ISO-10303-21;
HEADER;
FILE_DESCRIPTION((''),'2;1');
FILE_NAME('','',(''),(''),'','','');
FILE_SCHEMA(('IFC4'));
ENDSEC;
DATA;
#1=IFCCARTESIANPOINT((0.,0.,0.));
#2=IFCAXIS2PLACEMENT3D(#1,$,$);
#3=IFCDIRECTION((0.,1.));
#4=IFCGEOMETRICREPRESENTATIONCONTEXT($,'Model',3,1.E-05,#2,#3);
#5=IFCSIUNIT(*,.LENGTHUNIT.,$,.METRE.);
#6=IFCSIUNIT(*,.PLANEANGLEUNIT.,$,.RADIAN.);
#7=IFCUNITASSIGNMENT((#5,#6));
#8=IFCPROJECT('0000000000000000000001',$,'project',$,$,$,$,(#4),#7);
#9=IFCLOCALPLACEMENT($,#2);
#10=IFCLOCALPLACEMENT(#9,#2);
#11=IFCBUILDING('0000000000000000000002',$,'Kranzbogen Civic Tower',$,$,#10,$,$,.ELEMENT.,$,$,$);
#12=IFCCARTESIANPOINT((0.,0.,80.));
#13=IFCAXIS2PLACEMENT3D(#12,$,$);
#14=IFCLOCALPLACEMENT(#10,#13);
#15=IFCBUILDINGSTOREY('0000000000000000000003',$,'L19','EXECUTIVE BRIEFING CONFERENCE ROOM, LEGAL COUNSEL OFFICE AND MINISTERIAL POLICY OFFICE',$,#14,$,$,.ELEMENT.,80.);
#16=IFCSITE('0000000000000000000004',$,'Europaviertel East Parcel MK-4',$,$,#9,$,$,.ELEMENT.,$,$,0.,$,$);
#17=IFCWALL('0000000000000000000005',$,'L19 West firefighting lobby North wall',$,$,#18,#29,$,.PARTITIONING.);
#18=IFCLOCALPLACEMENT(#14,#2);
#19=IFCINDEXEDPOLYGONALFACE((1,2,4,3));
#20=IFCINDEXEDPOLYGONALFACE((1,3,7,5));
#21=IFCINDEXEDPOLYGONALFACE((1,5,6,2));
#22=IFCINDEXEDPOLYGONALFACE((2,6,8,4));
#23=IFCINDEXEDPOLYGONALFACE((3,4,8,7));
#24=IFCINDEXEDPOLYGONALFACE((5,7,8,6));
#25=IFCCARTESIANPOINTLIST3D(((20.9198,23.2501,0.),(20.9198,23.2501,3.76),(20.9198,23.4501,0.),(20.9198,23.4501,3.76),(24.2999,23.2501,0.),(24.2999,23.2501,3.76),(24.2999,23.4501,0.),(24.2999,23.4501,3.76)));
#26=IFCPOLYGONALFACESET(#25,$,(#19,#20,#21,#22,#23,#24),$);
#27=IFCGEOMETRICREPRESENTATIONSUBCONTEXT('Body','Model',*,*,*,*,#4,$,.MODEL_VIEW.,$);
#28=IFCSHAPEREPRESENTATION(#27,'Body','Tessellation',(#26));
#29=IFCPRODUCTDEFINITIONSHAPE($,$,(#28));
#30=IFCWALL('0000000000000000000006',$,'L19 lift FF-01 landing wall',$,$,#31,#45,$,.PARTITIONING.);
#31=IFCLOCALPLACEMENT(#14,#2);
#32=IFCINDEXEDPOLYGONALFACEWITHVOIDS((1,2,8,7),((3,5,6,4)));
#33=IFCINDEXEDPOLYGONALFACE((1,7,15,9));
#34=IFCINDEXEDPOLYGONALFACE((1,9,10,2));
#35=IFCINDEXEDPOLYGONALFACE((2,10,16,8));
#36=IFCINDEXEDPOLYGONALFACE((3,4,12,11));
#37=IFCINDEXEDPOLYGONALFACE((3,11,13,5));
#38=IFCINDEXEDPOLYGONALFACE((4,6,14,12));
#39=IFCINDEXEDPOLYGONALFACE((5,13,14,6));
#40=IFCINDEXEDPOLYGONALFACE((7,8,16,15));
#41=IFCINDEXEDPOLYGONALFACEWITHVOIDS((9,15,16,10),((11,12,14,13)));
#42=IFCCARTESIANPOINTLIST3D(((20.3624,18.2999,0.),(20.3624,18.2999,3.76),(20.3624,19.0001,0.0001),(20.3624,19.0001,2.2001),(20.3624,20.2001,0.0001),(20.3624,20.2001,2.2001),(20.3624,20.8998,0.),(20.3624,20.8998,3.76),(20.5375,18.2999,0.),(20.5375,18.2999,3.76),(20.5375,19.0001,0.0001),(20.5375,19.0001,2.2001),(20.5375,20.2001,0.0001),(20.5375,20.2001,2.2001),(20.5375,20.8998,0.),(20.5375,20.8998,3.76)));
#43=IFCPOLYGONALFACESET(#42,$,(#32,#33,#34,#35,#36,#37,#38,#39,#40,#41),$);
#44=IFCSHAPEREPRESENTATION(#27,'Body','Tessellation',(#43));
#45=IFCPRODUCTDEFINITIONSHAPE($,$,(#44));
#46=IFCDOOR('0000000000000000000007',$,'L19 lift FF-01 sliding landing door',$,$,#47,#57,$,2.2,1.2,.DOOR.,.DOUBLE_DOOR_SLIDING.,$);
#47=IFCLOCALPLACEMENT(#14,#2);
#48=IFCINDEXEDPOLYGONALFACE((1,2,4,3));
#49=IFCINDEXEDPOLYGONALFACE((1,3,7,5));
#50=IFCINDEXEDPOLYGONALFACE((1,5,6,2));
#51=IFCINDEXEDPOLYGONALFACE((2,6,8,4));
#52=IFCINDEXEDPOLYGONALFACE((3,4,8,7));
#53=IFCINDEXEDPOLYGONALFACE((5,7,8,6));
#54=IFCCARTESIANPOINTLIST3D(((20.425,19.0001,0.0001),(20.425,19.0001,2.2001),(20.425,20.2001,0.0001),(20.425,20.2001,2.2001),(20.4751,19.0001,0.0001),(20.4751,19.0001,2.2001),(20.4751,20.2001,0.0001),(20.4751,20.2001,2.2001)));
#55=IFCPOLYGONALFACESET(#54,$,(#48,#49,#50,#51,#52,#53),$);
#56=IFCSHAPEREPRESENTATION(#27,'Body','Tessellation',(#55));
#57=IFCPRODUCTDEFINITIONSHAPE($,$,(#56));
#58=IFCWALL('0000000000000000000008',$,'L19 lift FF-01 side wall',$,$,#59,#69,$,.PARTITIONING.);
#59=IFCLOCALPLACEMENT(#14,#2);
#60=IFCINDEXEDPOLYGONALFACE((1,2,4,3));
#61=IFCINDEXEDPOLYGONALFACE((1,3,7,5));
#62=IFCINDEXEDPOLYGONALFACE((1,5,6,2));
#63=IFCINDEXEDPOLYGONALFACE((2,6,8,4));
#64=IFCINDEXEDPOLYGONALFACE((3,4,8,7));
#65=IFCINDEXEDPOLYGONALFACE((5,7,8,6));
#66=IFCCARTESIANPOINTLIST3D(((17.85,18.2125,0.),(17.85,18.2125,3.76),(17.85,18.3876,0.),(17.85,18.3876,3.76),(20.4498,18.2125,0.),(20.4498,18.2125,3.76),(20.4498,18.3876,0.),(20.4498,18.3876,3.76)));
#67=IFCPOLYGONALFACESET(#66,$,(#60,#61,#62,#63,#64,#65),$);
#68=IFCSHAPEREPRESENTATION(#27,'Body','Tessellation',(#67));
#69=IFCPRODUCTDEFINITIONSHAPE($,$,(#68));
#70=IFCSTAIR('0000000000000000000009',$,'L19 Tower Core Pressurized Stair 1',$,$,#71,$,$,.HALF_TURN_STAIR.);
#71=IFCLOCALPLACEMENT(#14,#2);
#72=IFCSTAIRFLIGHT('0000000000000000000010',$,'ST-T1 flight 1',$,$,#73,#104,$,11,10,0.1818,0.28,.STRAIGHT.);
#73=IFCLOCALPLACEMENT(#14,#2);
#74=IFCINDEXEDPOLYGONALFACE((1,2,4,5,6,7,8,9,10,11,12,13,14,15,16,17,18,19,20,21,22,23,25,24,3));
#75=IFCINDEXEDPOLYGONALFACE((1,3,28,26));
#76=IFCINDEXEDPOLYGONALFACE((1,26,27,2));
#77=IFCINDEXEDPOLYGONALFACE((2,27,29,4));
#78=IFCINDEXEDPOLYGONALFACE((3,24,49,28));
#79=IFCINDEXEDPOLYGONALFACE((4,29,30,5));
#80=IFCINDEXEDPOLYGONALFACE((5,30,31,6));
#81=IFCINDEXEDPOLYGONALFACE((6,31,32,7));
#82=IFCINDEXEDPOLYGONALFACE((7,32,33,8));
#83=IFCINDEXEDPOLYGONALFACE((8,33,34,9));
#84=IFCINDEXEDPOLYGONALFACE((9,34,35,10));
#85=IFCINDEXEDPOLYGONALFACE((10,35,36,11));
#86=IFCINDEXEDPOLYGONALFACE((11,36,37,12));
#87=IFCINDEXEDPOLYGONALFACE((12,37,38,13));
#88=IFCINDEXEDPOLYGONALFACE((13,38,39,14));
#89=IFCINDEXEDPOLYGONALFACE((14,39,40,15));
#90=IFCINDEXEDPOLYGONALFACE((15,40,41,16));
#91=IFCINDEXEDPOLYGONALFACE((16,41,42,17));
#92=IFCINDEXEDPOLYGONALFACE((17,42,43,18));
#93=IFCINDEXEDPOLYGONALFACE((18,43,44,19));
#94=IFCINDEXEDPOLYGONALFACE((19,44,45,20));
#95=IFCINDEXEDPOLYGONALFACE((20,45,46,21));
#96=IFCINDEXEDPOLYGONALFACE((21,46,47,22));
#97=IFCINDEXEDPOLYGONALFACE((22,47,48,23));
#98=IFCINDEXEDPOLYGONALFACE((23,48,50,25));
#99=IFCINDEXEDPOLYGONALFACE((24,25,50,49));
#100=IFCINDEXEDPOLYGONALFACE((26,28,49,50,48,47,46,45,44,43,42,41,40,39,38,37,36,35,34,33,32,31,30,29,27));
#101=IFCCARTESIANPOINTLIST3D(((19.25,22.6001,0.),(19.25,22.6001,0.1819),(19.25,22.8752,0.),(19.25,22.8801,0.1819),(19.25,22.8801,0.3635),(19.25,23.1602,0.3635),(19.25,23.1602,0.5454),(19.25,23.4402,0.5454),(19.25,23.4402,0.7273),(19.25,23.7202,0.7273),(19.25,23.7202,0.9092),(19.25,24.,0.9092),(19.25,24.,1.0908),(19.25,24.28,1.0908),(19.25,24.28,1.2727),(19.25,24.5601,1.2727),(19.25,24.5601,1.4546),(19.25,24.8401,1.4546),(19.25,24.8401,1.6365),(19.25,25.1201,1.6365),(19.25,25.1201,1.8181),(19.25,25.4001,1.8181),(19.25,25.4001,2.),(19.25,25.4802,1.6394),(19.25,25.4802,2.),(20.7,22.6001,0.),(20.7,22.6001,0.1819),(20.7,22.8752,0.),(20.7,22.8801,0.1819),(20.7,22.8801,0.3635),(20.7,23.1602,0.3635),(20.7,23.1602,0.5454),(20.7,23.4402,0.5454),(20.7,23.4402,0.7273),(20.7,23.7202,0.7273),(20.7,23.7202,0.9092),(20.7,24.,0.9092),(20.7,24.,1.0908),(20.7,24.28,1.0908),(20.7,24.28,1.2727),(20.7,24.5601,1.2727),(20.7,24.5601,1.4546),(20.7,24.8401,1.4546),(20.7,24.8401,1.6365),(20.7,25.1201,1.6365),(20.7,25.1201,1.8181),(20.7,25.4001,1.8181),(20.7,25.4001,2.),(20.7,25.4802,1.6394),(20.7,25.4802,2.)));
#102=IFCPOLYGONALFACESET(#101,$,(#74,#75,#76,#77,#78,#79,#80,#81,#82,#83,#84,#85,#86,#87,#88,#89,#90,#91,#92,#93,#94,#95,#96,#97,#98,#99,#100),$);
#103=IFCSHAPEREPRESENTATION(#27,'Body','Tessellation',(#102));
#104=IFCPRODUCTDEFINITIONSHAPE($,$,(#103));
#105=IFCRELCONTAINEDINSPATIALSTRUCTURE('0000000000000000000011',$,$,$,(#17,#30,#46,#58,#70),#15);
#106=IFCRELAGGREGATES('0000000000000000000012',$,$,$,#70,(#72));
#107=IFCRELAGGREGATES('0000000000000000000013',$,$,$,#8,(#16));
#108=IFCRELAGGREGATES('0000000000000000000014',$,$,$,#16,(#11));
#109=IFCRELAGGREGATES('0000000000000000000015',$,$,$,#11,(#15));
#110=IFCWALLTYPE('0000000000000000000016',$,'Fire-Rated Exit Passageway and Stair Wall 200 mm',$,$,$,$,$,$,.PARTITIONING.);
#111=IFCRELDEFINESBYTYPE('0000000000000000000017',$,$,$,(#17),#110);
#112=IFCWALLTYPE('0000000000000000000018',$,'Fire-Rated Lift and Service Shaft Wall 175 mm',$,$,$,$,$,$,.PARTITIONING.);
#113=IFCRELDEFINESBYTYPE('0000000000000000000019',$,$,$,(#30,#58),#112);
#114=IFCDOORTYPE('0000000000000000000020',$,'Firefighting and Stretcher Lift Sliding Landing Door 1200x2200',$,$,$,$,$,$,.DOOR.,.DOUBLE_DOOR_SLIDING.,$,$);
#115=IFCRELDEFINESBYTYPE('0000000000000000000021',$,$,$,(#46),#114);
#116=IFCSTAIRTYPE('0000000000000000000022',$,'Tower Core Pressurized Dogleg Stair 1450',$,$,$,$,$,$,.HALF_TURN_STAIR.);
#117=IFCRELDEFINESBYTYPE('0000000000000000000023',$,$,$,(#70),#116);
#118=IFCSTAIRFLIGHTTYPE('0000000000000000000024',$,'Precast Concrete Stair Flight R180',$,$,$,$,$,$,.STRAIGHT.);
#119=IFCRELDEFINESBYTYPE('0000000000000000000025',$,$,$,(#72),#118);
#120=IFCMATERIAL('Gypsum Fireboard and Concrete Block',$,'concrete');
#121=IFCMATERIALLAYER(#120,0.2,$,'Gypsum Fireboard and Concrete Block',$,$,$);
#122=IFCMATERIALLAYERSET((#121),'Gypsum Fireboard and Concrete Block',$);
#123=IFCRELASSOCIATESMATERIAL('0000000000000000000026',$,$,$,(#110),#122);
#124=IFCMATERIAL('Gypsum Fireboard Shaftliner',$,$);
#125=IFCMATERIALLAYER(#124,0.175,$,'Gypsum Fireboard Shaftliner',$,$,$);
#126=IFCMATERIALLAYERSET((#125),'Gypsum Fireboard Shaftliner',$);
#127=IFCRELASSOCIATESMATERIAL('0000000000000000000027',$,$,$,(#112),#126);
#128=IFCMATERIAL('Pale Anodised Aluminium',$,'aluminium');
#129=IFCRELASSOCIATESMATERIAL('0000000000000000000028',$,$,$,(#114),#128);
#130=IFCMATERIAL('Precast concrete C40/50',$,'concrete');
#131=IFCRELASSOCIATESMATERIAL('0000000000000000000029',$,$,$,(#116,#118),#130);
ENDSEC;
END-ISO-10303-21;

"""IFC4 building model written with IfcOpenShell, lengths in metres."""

from ifc_helpers import new_model, si_unit, direction, frame, frame_2d, origin, place, context, subcontext, project, spatial, polyline, rectangle, outline, extrude, material, layer, layer_set, type_object, element, fill, aggregate, save


model = new_model("IFC4")

# Units and contexts
model_context = context("Model", 3, precision=1e-05, world=origin(), true_north=direction((0.0, 1.0)))
body_context = subcontext(model_context, "Body", "Model", "MODEL_VIEW")
ifc_project = project(units=[si_unit("LENGTHUNIT", "METRE"), si_unit("PLANEANGLEUNIT", "RADIAN")], contexts=[model_context])

# Site, building, storey
site_placement = place(None, origin())
site = spatial("IfcSite", under=ifc_project, at=site_placement, Name="Europaviertel East Parcel MK-4", CompositionType="ELEMENT", RefElevation=0.0)
building_placement = place(site_placement, origin())
building = spatial("IfcBuilding", under=site, at=building_placement, Name="Kranzbogen Civic Tower", CompositionType="ELEMENT")
storey_placement = place(building_placement, frame((0.0, 0.0, 80.0)))
storey = spatial("IfcBuildingStorey", under=building, at=storey_placement, Name="L19", Description="EXECUTIVE BRIEFING CONFERENCE ROOM, LEGAL COUNSEL OFFICE AND MINISTERIAL POLICY OFFICE", CompositionType="ELEMENT", Elevation=80.0)

# Shared definitions
ifc_material_1 = material(Name="Pale Anodised Aluminium", Category="aluminium")

# Wall
ifc_material_2 = material(Name="Gypsum Fireboard and Concrete Block", Category="concrete")
ifc_layer_1 = layer(ifc_material_2, 0.2, Name="Gypsum Fireboard and Concrete Block")
ifc_layer_set_1 = layer_set([ifc_layer_1], Name="Gypsum Fireboard and Concrete Block")
wall_type_1 = type_object("IfcWallType", Name="Fire-Rated Exit Passageway and Stair Wall 200 mm", PredefinedType="PARTITIONING", material=ifc_layer_set_1)
wall_1_placement = place(storey_placement, frame((20.9199, 23.3501, 0.0), z_axis=(0.0, 0.0, 1.0), x_axis=(1.0, 0.0, 0.0)))
element("IfcWall", 1, at=wall_1_placement, inside=storey, type_object=wall_type_1, Name="L19 West firefighting lobby North wall", PredefinedType="PARTITIONING", context=body_context, shape_type="SweptSolid", body=[
    extrude(rectangle(XDim=3.3801, YDim=0.2, at=frame_2d((1.6899, 0.0))), origin(), (0.0, 0.0, 1.0), 3.76),
])

# Wall, opening, door
ifc_material_3 = material(Name="Gypsum Fireboard Shaftliner")
ifc_layer_2 = layer(ifc_material_3, 0.175, Name="Gypsum Fireboard Shaftliner")
ifc_layer_set_2 = layer_set([ifc_layer_2], Name="Gypsum Fireboard Shaftliner")
wall_type_2 = type_object("IfcWallType", Name="Fire-Rated Lift and Service Shaft Wall 175 mm", PredefinedType="PARTITIONING", material=ifc_layer_set_2)
wall_2_placement = place(storey_placement, frame((20.45, 18.3, 0.0), z_axis=(0.0, 0.0, 1.0), x_axis=(0.0, 1.0, 0.0)))
wall_2 = element("IfcWall", 2, at=wall_2_placement, inside=storey, type_object=wall_type_2, Name="L19 lift FF-01 landing wall", PredefinedType="PARTITIONING", context=body_context, shape_type="SweptSolid", body=[
    extrude(rectangle(XDim=2.5999, YDim=0.175, at=frame_2d((1.2998, 0.0))), origin(), (0.0, 0.0, 1.0), 3.76),
])
opening_1_placement = place(wall_2_placement, frame((0.7, 0.0, 0.0)))
opening_1 = element("IfcOpeningElement", 3, at=opening_1_placement, cuts=wall_2, PredefinedType="OPENING", context=body_context, shape_type="SweptSolid", body=[
    extrude(rectangle(XDim=1.2, YDim=2.2, at=frame_2d((0.6001, 1.1001))), frame((0.0, 0.0977, 0.0), z_axis=(0.0, -1.0, 0.0), x_axis=(1.0, 0.0, 0.0)), (0.0, 0.0, 1.0), 0.1951),
])
door_type_1 = type_object("IfcDoorType", Name="Firefighting and Stretcher Lift Sliding Landing Door 1200x2200", OperationType="DOUBLE_DOOR_SLIDING", PredefinedType="DOOR", material=ifc_material_1)
door_1_placement = place(opening_1_placement, origin())
door_1 = element("IfcDoor", 4, at=door_1_placement, inside=storey, type_object=door_type_1, Name="L19 lift FF-01 sliding landing door", OperationType="DOUBLE_DOOR_SLIDING", OverallHeight=2.2, OverallWidth=1.2, PredefinedType="DOOR", context=body_context, shape_type="SweptSolid", body=[
    extrude(rectangle(XDim=1.2, YDim=2.2, at=frame_2d((0.6001, 1.1001))), frame((0.0, 0.0249, 0.0), z_axis=(0.0, -1.0, 0.0), x_axis=(1.0, 0.0, 0.0)), (0.0, 0.0, 1.0), 0.05),
])
fill(opening_1, door_1)

# Wall
wall_3_placement = place(storey_placement, frame((17.8501, 18.3, 0.0), z_axis=(0.0, 0.0, 1.0), x_axis=(1.0, 0.0, 0.0)))
element("IfcWall", 5, at=wall_3_placement, inside=storey, type_object=wall_type_2, Name="L19 lift FF-01 side wall", PredefinedType="PARTITIONING", context=body_context, shape_type="SweptSolid", body=[
    extrude(rectangle(XDim=2.5999, YDim=0.175, at=frame_2d((1.2998, 0.0))), origin(), (0.0, 0.0, 1.0), 3.76),
])

# Stair, stair flight
ifc_material_4 = material(Name="Precast concrete C40/50", Category="concrete")
stair_type = type_object("IfcStairType", Name="Tower Core Pressurized Dogleg Stair 1450", PredefinedType="HALF_TURN_STAIR", material=ifc_material_4)
stair_placement = place(storey_placement, origin())
stair = element("IfcStair", 6, at=stair_placement, inside=storey, type_object=stair_type, Name="L19 Tower Core Pressurized Stair 1", PredefinedType="HALF_TURN_STAIR")
stair_flight_type = type_object("IfcStairFlightType", Name="Precast Concrete Stair Flight R180", PredefinedType="STRAIGHT", material=ifc_material_4)
stair_flight_placement = place(storey_placement, frame((19.9751, 22.6001, 0.0), z_axis=(0.0, 0.0, 1.0), x_axis=(0.0, 1.0, 0.0)))
stair_flight = element("IfcStairFlight", 7, at=stair_flight_placement, type_object=stair_flight_type, Name="ST-T1 flight 1", NumberOfRisers=11, NumberOfTreads=10, PredefinedType="STRAIGHT", RiserHeight=0.1818, TreadLength=0.28, context=body_context, shape_type="SweptSolid", body=[
    extrude(outline(polyline([(0.0, 0.0), (0.0, 0.1819), (0.28, 0.1819), (0.28, 0.3635), (0.5601, 0.3635), (0.5601, 0.5454), (0.8401, 0.5454), (0.8401, 0.7273), (1.1201, 0.7273), (1.1201, 0.9092), (1.3999, 0.9092), (1.3999, 1.0908), (1.6799, 1.0908), (1.6799, 1.2727), (1.96, 1.2727), (1.96, 1.4546), (2.24, 1.4546), (2.24, 1.6365), (2.52, 1.6365), (2.52, 1.8181), (2.8, 1.8181), (2.8, 2.0), (2.8801, 2.0), (2.8801, 1.6394), (0.2751, 0.0), (0.0, 0.0)])), frame((0.0, 0.7251, 0.0), z_axis=(0.0, -1.0, 0.0), x_axis=(1.0, 0.0, 0.0)), (0.0, 0.0, 1.0), 1.45),
])
aggregate(stair, [stair_flight])

save(model, "model.ifc")
